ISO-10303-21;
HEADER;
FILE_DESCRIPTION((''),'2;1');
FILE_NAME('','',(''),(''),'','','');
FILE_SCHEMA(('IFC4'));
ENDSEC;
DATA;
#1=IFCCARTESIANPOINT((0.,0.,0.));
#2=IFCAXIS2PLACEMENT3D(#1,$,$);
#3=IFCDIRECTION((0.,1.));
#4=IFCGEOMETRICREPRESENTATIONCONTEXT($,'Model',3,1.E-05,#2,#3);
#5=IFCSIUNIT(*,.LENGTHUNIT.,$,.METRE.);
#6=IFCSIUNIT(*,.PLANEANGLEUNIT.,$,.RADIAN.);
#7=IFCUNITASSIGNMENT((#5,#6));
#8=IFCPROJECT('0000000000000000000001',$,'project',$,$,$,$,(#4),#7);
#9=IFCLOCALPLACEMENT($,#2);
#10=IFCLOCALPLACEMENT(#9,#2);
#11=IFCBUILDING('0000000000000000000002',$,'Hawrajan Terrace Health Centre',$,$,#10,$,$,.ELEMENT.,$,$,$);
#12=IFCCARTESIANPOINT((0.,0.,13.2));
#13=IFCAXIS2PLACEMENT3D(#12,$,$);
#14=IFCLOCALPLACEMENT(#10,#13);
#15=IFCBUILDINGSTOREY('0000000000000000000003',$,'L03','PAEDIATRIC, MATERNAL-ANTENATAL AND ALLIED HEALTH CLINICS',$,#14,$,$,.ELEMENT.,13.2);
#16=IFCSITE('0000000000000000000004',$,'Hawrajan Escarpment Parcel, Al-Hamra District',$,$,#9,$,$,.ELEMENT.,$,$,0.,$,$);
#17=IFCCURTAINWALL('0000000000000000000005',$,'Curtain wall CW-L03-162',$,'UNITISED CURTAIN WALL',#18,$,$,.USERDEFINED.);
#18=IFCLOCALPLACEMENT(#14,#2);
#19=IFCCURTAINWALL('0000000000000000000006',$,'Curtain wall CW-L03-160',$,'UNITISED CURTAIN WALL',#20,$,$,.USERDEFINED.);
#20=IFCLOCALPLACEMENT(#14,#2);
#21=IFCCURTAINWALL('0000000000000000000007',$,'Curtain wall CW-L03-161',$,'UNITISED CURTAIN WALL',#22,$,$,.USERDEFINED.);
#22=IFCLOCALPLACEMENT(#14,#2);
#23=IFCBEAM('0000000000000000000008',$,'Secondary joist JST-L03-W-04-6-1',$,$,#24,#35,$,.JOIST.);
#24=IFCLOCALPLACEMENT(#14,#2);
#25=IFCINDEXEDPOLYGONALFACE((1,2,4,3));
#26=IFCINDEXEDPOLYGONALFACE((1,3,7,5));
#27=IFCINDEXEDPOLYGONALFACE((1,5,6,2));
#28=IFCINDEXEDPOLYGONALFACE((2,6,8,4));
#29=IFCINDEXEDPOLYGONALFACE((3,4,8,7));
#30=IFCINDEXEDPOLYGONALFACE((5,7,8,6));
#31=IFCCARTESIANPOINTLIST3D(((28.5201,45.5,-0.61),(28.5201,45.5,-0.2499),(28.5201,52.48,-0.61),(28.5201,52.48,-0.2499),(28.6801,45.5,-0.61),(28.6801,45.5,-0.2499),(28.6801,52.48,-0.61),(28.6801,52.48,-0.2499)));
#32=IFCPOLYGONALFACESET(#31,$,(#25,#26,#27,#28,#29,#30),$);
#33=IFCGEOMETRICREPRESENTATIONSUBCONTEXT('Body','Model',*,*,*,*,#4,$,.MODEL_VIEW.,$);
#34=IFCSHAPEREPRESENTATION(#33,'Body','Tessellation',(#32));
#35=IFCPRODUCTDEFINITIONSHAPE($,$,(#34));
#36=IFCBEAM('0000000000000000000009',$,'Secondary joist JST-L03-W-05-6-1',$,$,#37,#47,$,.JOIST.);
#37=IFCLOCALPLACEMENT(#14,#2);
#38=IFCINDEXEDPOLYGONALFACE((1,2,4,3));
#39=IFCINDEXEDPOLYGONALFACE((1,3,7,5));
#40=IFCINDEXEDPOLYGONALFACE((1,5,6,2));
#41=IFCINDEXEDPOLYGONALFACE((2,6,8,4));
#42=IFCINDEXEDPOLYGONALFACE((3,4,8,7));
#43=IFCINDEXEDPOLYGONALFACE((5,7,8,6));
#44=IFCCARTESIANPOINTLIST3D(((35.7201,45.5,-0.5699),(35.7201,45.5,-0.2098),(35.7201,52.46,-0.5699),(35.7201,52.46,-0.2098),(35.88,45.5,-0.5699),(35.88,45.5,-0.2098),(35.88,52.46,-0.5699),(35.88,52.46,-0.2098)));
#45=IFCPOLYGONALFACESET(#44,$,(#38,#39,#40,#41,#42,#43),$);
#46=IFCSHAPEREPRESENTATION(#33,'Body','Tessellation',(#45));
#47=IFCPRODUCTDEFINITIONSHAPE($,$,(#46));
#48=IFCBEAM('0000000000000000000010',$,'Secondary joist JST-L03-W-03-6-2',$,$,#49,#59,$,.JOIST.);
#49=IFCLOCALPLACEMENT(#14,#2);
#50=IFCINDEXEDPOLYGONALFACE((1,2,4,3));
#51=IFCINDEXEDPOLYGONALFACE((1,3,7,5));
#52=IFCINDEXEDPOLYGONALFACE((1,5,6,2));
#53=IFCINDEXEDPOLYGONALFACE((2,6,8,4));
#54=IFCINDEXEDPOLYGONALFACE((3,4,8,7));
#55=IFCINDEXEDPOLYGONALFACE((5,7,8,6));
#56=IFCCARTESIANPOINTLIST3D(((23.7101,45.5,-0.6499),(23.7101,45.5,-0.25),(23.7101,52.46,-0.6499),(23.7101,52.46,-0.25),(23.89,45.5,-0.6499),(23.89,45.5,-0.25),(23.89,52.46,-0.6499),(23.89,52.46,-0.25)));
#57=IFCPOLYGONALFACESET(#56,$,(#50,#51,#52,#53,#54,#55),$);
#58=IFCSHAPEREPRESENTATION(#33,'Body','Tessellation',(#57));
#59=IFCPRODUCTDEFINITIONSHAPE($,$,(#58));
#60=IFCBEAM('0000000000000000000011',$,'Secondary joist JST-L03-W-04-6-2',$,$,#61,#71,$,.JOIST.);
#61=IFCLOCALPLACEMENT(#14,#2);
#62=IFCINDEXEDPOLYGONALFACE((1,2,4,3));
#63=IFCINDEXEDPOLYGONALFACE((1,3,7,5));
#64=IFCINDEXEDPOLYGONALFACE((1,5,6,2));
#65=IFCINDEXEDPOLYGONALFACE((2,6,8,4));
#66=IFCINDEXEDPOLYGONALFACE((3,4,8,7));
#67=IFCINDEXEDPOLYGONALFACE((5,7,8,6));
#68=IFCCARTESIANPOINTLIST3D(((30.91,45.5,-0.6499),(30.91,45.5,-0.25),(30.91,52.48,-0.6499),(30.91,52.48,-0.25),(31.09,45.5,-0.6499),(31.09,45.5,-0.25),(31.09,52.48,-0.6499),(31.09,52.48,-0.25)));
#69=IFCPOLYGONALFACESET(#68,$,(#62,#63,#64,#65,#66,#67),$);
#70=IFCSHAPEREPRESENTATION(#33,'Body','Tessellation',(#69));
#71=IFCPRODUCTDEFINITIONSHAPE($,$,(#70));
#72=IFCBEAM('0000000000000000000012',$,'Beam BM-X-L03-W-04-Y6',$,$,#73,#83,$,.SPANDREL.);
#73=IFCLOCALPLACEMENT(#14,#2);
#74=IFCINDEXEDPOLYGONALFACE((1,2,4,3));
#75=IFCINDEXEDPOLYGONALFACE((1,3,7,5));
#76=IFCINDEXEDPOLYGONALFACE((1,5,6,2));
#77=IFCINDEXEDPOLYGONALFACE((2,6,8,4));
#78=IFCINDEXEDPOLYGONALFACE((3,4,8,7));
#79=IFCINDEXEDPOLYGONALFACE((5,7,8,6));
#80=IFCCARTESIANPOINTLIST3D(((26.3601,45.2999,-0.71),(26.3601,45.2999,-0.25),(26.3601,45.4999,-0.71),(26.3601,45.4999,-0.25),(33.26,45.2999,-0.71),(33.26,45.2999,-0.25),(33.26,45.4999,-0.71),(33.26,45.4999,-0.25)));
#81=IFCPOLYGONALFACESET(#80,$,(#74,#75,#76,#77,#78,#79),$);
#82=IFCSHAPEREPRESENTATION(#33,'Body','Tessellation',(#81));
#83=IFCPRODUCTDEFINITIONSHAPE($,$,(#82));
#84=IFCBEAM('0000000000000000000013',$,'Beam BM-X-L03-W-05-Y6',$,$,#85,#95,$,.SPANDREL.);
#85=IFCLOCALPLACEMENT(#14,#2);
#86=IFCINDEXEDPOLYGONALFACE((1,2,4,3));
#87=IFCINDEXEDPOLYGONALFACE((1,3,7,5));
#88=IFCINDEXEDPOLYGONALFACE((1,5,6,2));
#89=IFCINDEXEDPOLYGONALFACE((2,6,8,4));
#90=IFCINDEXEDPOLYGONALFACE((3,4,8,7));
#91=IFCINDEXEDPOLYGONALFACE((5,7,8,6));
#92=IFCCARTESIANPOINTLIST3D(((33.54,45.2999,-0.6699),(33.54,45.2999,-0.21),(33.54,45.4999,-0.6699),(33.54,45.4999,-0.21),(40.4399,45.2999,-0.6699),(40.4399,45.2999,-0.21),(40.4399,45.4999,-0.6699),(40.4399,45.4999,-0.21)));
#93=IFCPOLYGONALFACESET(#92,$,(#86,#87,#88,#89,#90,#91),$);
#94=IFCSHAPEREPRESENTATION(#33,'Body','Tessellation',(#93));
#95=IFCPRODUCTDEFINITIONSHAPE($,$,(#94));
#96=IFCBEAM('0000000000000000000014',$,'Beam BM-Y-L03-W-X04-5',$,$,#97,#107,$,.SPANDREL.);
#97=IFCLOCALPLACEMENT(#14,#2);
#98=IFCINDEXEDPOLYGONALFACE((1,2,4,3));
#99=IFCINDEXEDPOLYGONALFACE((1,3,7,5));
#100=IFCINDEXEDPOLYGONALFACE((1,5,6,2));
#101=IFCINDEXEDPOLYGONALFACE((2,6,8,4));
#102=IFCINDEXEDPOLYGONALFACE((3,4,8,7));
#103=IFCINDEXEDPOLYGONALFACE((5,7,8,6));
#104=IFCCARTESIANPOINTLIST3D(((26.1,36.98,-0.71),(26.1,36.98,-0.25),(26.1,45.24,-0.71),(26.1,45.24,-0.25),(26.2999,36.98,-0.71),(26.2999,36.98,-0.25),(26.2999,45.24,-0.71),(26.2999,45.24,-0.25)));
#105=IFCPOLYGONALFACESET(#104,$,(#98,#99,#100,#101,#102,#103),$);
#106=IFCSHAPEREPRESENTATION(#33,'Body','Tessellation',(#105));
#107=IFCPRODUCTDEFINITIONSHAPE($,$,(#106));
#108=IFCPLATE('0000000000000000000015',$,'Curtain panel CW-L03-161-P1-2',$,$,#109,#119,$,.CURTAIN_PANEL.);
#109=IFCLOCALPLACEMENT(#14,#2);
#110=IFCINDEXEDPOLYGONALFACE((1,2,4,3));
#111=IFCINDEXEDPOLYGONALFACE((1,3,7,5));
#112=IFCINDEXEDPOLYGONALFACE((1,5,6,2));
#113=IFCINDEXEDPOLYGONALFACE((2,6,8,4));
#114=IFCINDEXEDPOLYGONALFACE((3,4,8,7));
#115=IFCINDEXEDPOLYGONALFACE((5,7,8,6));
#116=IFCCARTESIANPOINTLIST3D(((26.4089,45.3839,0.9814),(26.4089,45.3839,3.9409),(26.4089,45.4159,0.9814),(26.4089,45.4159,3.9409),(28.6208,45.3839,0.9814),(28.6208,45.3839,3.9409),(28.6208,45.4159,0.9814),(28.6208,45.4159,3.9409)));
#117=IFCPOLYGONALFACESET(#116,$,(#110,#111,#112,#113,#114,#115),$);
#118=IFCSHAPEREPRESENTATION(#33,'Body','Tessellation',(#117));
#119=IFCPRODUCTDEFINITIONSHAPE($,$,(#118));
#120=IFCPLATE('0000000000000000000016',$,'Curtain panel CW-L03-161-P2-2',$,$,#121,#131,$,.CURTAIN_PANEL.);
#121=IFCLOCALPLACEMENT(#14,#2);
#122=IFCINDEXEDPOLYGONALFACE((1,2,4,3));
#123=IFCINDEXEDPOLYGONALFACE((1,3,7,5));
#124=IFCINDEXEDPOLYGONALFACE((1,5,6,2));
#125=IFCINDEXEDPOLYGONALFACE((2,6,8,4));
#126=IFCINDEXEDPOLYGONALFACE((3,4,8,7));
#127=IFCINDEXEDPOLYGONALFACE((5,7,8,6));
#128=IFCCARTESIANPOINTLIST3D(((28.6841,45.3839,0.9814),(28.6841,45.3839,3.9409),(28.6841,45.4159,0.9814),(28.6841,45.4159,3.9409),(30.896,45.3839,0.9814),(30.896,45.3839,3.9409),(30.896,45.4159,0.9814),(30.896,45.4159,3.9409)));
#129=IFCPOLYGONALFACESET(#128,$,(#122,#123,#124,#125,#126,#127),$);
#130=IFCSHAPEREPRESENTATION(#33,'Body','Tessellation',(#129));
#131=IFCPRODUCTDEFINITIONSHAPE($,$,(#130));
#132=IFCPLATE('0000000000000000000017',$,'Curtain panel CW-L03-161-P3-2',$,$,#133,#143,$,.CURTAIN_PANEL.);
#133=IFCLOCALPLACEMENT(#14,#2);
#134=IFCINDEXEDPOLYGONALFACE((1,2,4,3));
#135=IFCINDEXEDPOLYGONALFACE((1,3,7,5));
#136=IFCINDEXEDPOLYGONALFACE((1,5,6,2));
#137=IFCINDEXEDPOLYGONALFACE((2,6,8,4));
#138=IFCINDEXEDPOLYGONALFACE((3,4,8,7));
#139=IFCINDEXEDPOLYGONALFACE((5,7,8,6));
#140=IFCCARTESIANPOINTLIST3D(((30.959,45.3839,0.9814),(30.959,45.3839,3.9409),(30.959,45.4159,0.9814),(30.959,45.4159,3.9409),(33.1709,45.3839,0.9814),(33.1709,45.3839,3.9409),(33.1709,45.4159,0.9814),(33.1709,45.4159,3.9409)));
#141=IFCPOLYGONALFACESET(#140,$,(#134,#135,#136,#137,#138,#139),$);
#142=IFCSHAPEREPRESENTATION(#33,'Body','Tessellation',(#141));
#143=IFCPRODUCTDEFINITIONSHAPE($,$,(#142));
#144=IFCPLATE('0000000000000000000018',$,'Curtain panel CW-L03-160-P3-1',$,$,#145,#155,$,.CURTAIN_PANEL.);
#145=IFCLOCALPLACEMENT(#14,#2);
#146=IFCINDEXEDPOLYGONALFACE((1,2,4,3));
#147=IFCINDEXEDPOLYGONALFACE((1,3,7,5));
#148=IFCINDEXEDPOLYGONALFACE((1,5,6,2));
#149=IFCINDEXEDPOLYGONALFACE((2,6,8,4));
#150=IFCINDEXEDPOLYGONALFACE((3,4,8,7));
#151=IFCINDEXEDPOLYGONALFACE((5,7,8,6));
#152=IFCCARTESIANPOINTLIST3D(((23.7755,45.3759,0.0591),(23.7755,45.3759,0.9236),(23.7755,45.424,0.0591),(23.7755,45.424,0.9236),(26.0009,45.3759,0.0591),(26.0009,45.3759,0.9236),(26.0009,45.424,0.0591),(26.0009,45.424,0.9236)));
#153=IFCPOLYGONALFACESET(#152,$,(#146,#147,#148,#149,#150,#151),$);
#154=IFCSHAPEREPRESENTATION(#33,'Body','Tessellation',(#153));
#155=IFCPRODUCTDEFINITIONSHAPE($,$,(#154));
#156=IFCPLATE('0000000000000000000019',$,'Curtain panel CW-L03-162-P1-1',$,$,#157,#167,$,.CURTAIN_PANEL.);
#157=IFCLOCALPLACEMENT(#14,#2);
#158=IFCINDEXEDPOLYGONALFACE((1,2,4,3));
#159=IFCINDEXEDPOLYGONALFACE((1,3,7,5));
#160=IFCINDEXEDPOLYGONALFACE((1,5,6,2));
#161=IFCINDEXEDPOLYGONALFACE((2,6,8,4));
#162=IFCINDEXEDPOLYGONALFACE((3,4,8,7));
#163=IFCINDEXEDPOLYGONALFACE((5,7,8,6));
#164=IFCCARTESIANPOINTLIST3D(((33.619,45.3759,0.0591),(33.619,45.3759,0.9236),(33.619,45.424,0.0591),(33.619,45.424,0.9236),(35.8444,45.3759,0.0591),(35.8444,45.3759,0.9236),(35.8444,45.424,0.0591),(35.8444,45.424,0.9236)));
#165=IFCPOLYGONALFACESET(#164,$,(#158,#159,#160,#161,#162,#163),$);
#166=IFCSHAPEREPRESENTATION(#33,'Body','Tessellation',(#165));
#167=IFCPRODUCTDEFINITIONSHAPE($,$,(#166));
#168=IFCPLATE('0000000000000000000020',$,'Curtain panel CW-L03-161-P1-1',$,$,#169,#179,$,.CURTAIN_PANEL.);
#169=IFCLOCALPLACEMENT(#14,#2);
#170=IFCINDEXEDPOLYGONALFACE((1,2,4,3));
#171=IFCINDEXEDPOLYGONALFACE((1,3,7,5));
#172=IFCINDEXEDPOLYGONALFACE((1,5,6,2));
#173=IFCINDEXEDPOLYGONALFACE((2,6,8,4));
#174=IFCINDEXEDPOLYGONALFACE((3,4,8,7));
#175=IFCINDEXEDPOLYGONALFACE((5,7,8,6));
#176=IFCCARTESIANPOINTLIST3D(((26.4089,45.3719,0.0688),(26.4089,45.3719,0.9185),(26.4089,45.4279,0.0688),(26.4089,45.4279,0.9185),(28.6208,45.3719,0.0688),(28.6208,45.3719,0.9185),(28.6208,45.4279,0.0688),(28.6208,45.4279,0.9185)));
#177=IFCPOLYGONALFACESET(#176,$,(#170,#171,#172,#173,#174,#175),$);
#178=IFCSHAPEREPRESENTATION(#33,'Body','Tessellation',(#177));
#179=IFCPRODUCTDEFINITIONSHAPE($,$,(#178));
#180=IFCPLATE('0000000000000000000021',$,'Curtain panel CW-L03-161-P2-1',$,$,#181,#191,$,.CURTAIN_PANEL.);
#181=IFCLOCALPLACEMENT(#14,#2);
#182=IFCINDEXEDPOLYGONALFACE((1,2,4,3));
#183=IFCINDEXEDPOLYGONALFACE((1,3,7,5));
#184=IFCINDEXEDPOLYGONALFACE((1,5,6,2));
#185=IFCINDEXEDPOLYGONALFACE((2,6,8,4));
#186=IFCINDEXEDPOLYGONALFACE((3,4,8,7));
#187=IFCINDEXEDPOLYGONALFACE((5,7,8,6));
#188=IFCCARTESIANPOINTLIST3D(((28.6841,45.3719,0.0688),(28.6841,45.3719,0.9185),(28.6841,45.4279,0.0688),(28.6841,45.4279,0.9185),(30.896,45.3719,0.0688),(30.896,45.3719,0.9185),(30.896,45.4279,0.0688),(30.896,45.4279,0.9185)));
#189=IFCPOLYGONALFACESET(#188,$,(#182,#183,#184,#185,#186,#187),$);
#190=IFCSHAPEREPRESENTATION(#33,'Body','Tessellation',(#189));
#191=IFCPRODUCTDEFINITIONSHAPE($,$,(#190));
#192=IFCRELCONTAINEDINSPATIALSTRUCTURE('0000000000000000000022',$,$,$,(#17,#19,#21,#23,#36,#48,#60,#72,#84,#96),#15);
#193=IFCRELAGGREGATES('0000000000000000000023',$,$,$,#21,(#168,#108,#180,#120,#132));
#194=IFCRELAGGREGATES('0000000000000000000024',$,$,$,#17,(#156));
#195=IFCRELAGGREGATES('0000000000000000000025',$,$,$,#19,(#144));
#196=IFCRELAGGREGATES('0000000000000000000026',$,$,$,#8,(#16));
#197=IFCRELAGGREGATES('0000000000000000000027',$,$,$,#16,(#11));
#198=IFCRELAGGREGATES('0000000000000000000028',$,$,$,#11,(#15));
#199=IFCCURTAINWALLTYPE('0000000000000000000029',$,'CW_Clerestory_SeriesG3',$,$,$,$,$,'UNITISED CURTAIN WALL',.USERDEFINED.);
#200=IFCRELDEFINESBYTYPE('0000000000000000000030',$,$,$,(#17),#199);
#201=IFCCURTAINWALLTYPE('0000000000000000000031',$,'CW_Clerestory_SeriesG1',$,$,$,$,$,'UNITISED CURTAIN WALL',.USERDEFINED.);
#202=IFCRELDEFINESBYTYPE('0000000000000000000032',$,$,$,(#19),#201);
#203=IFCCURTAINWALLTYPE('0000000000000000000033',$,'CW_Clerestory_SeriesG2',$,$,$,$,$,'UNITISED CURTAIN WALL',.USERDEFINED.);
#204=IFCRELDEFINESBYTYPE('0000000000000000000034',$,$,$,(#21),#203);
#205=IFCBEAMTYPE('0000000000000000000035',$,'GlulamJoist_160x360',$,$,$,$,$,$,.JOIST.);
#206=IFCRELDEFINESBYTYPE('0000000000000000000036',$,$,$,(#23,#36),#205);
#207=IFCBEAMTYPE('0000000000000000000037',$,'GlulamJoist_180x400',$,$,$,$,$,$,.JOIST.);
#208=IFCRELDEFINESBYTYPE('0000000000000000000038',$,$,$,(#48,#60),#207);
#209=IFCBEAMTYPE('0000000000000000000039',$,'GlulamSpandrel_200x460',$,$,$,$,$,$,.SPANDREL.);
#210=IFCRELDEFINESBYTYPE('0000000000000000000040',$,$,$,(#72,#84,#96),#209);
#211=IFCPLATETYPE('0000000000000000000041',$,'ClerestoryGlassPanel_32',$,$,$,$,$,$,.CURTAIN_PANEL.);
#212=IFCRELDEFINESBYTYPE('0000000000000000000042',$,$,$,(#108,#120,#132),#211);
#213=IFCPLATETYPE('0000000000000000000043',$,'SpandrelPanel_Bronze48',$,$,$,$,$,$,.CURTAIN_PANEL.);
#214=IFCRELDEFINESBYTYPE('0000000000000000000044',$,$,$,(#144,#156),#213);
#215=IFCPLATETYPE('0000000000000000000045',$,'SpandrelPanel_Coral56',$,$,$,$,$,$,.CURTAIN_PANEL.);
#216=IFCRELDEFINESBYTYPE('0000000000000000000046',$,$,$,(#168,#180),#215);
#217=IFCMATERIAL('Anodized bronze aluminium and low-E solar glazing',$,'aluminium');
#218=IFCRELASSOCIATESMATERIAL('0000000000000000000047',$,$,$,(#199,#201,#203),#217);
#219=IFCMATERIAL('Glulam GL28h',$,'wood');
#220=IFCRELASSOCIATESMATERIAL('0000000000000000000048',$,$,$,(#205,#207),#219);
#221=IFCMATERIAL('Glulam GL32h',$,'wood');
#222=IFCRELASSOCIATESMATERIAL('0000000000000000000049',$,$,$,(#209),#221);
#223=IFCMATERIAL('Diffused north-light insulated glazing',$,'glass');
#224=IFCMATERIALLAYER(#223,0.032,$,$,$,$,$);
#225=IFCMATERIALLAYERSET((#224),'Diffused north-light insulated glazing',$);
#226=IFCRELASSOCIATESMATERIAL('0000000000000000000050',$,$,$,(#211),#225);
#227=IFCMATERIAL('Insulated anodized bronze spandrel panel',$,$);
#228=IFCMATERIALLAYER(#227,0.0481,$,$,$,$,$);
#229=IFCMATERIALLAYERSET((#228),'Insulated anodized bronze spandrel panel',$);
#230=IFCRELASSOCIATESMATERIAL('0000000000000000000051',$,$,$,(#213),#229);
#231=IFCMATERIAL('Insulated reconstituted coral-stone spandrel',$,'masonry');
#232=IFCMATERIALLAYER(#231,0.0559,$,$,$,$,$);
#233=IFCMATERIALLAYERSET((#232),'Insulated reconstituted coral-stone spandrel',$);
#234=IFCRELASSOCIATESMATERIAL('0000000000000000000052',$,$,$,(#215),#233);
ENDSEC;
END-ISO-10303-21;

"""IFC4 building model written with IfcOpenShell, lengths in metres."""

from ifc_helpers import new_model, si_unit, direction, frame, origin, origin_2d, place, context, subcontext, project, spatial, rectangle, extrude, material, layer, layer_set, material_profile, profile_set, type_object, element, aggregate, save


model = new_model("IFC4")

# Units and contexts
model_context = context("Model", 3, precision=1e-05, world=origin(), true_north=direction((0.0, 1.0)))
body_context = subcontext(model_context, "Body", "Model", "MODEL_VIEW")
ifc_project = project(units=[si_unit("LENGTHUNIT", "METRE"), si_unit("PLANEANGLEUNIT", "RADIAN")], contexts=[model_context])

# Site, building, storey
site_placement = place(None, origin())
site = spatial("IfcSite", under=ifc_project, at=site_placement, Name="Hawrajan Escarpment Parcel, Al-Hamra District", CompositionType="ELEMENT", RefElevation=0.0)
building_placement = place(site_placement, origin())
building = spatial("IfcBuilding", under=site, at=building_placement, Name="Hawrajan Terrace Health Centre", CompositionType="ELEMENT")
storey_placement = place(building_placement, frame((0.0, 0.0, 13.2)))
storey = spatial("IfcBuildingStorey", under=building, at=storey_placement, Name="L03", Description="PAEDIATRIC, MATERNAL-ANTENATAL AND ALLIED HEALTH CLINICS", CompositionType="ELEMENT", Elevation=13.2)

# Shared definitions
ifc_material_1 = material(Name="Glulam GL32h", Category="wood")

# Curtain wall
ifc_material_2 = material(Name="Anodized bronze aluminium and low-E solar glazing", Category="aluminium")
curtain_wall_type_1 = type_object("IfcCurtainWallType", Name="CW_Clerestory_SeriesG3", ElementType="UNITISED CURTAIN WALL", PredefinedType="USERDEFINED", material=ifc_material_2)
curtain_wall_1_placement = place(storey_placement, origin())
curtain_wall_1 = element("IfcCurtainWall", 1, at=curtain_wall_1_placement, inside=storey, type_object=curtain_wall_type_1, Name="Curtain wall CW-L03-162", ObjectType="UNITISED CURTAIN WALL", PredefinedType="USERDEFINED")

# Curtain wall
curtain_wall_type_2 = type_object("IfcCurtainWallType", Name="CW_Clerestory_SeriesG1", ElementType="UNITISED CURTAIN WALL", PredefinedType="USERDEFINED", material=ifc_material_2)
curtain_wall_2_placement = place(storey_placement, origin())
curtain_wall_2 = element("IfcCurtainWall", 2, at=curtain_wall_2_placement, inside=storey, type_object=curtain_wall_type_2, Name="Curtain wall CW-L03-160", ObjectType="UNITISED CURTAIN WALL", PredefinedType="USERDEFINED")

# Curtain wall
curtain_wall_type_3 = type_object("IfcCurtainWallType", Name="CW_Clerestory_SeriesG2", ElementType="UNITISED CURTAIN WALL", PredefinedType="USERDEFINED", material=ifc_material_2)
curtain_wall_3_placement = place(storey_placement, origin())
curtain_wall_3 = element("IfcCurtainWall", 3, at=curtain_wall_3_placement, inside=storey, type_object=curtain_wall_type_3, Name="Curtain wall CW-L03-161", ObjectType="UNITISED CURTAIN WALL", PredefinedType="USERDEFINED")

# Beams
ifc_material_3 = material(Name="Glulam GL28h", Category="wood")
ifc_material_profile_1 = material_profile(ifc_material_3, rectangle(XDim=0.1599, YDim=0.3601, at=origin_2d()), Name="GL JST 160x360")
ifc_profile_set_1 = profile_set([ifc_material_profile_1], Name="Glulam GL28h")
beam_type_1 = type_object("IfcBeamType", Name="GlulamJoist_160x360", PredefinedType="JOIST", material=ifc_profile_set_1)
beam_1_placement = place(storey_placement, frame((28.6001, 45.5, -0.4299), z_axis=(0.0, 1.0, 0.0), x_axis=(-1.0, 0.0, 0.0)))
element("IfcBeam", 4, at=beam_1_placement, inside=storey, type_object=beam_type_1, Name="Secondary joist JST-L03-W-04-6-1", PredefinedType="JOIST", context=body_context, shape_type="SweptSolid", body=[
    extrude(rectangle(XDim=0.1599, YDim=0.3601, at=origin_2d()), origin(), (0.0, 0.0, 1.0), 6.98),
])
beam_2_placement = place(storey_placement, frame((35.8, 45.5, -0.3899), z_axis=(0.0, 1.0, 0.0), x_axis=(-1.0, 0.0, 0.0)))
element("IfcBeam", 5, at=beam_2_placement, inside=storey, type_object=beam_type_1, Name="Secondary joist JST-L03-W-05-6-1", PredefinedType="JOIST", context=body_context, shape_type="SweptSolid", body=[
    extrude(rectangle(XDim=0.1599, YDim=0.3601, at=origin_2d()), origin(), (0.0, 0.0, 1.0), 6.96),
])
ifc_material_profile_2 = material_profile(ifc_material_3, rectangle(XDim=0.1799, YDim=0.3999, at=origin_2d()), Name="GL JST 180x400")
ifc_profile_set_2 = profile_set([ifc_material_profile_2], Name="Glulam GL28h")
beam_type_2 = type_object("IfcBeamType", Name="GlulamJoist_180x400", PredefinedType="JOIST", material=ifc_profile_set_2)
beam_3_placement = place(storey_placement, frame((23.8, 45.5, -0.45), z_axis=(0.0, 1.0, 0.0), x_axis=(-1.0, 0.0, 0.0)))
element("IfcBeam", 6, at=beam_3_placement, inside=storey, type_object=beam_type_2, Name="Secondary joist JST-L03-W-03-6-2", PredefinedType="JOIST", context=body_context, shape_type="SweptSolid", body=[
    extrude(rectangle(XDim=0.1799, YDim=0.3999, at=origin_2d()), origin(), (0.0, 0.0, 1.0), 6.96),
])
beam_4_placement = place(storey_placement, frame((31.0, 45.5, -0.45), z_axis=(0.0, 1.0, 0.0), x_axis=(-1.0, 0.0, 0.0)))
element("IfcBeam", 7, at=beam_4_placement, inside=storey, type_object=beam_type_2, Name="Secondary joist JST-L03-W-04-6-2", PredefinedType="JOIST", context=body_context, shape_type="SweptSolid", body=[
    extrude(rectangle(XDim=0.1799, YDim=0.3999, at=origin_2d()), origin(), (0.0, 0.0, 1.0), 6.98),
])
ifc_material_profile_3 = material_profile(ifc_material_1, rectangle(XDim=0.2, YDim=0.46, at=origin_2d()), Name="GL SP 200x460")
ifc_profile_set_3 = profile_set([ifc_material_profile_3], Name="Glulam GL32h")
beam_type_3 = type_object("IfcBeamType", Name="GlulamSpandrel_200x460", PredefinedType="SPANDREL", material=ifc_profile_set_3)
for number, where, z_axis, x_axis, name in (
    (8, (26.3601, 45.3999, -0.48), (1.0, 0.0, 0.0), (0.0, 1.0, 0.0), "Beam BM-X-L03-W-04-Y6"),
    (9, (33.54, 45.3999, -0.4399), (1.0, 0.0, 0.0), (0.0, 1.0, 0.0), "Beam BM-X-L03-W-05-Y6"),
):
    element("IfcBeam", number, at=place(storey_placement, frame(where, z_axis=z_axis, x_axis=x_axis)), inside=storey, type_object=beam_type_3, Name=name, PredefinedType="SPANDREL", context=body_context, shape_type="SweptSolid", body=[
        extrude(rectangle(XDim=0.2, YDim=0.46, at=origin_2d()), origin(), (0.0, 0.0, 1.0), 6.8999),
    ])
beam_5_placement = place(storey_placement, frame((26.2, 36.98, -0.48), z_axis=(0.0, 1.0, 0.0), x_axis=(-1.0, 0.0, 0.0)))
element("IfcBeam", 10, at=beam_5_placement, inside=storey, type_object=beam_type_3, Name="Beam BM-Y-L03-W-X04-5", PredefinedType="SPANDREL", context=body_context, shape_type="SweptSolid", body=[
    extrude(rectangle(XDim=0.2, YDim=0.46, at=origin_2d()), origin(), (0.0, 0.0, 1.0), 8.26),
])

# Plates
ifc_material_4 = material(Name="Diffused north-light insulated glazing", Category="glass")
ifc_layer_1 = layer(ifc_material_4, 0.032)
ifc_layer_set_1 = layer_set([ifc_layer_1], Name="Diffused north-light insulated glazing")
plate_type_1 = type_object("IfcPlateType", Name="ClerestoryGlassPanel_32", PredefinedType="CURTAIN_PANEL", material=ifc_layer_set_1)
plate_1_placement = place(storey_placement, frame((27.5149, 45.3999, 0.9814), z_axis=(0.0, 0.0, 1.0), x_axis=(1.0, 0.0, 0.0)))
plate_1 = element("IfcPlate", 11, at=plate_1_placement, type_object=plate_type_1, Name="Curtain panel CW-L03-161-P1-2", PredefinedType="CURTAIN_PANEL", context=body_context, shape_type="SweptSolid", body=[
    extrude(rectangle(XDim=2.2119, YDim=0.032, at=origin_2d()), origin(), (0.0, 0.0, 1.0), 2.9595),
])
plate_2_placement = place(storey_placement, frame((29.79, 45.3999, 0.9814), z_axis=(0.0, 0.0, 1.0), x_axis=(1.0, 0.0, 0.0)))
plate_2 = element("IfcPlate", 12, at=plate_2_placement, type_object=plate_type_1, Name="Curtain panel CW-L03-161-P2-2", PredefinedType="CURTAIN_PANEL", context=body_context, shape_type="SweptSolid", body=[
    extrude(rectangle(XDim=2.2119, YDim=0.032, at=origin_2d()), origin(), (0.0, 0.0, 1.0), 2.9595),
])
plate_3_placement = place(storey_placement, frame((32.0649, 45.3999, 0.9814), z_axis=(0.0, 0.0, 1.0), x_axis=(1.0, 0.0, 0.0)))
plate_3 = element("IfcPlate", 13, at=plate_3_placement, type_object=plate_type_1, Name="Curtain panel CW-L03-161-P3-2", PredefinedType="CURTAIN_PANEL", context=body_context, shape_type="SweptSolid", body=[
    extrude(rectangle(XDim=2.2119, YDim=0.032, at=origin_2d()), origin(), (0.0, 0.0, 1.0), 2.9595),
])
ifc_material_5 = material(Name="Insulated anodized bronze spandrel panel")
ifc_layer_2 = layer(ifc_material_5, 0.0481)
ifc_layer_set_2 = layer_set([ifc_layer_2], Name="Insulated anodized bronze spandrel panel")
plate_type_2 = type_object("IfcPlateType", Name="SpandrelPanel_Bronze48", PredefinedType="CURTAIN_PANEL", material=ifc_layer_set_2)
plate_4_placement = place(storey_placement, frame((24.8882, 45.3999, 0.0591), z_axis=(0.0, 0.0, 1.0), x_axis=(1.0, 0.0, 0.0)))
plate_4 = element("IfcPlate", 14, at=plate_4_placement, type_object=plate_type_2, Name="Curtain panel CW-L03-160-P3-1", PredefinedType="CURTAIN_PANEL", context=body_context, shape_type="SweptSolid", body=[
    extrude(rectangle(XDim=2.2253, YDim=0.0481, at=origin_2d()), origin(), (0.0, 0.0, 1.0), 0.8645),
])
plate_5_placement = place(storey_placement, frame((34.7317, 45.3999, 0.0591), z_axis=(0.0, 0.0, 1.0), x_axis=(1.0, 0.0, 0.0)))
plate_5 = element("IfcPlate", 15, at=plate_5_placement, type_object=plate_type_2, Name="Curtain panel CW-L03-162-P1-1", PredefinedType="CURTAIN_PANEL", context=body_context, shape_type="SweptSolid", body=[
    extrude(rectangle(XDim=2.2253, YDim=0.0481, at=origin_2d()), origin(), (0.0, 0.0, 1.0), 0.8645),
])
ifc_material_6 = material(Name="Insulated reconstituted coral-stone spandrel", Category="masonry")
ifc_layer_3 = layer(ifc_material_6, 0.0559)
ifc_layer_set_3 = layer_set([ifc_layer_3], Name="Insulated reconstituted coral-stone spandrel")
plate_type_3 = type_object("IfcPlateType", Name="SpandrelPanel_Coral56", PredefinedType="CURTAIN_PANEL", material=ifc_layer_set_3)
plate_6_placement = place(storey_placement, frame((27.5149, 45.3999, 0.0688), z_axis=(0.0, 0.0, 1.0), x_axis=(1.0, 0.0, 0.0)))
plate_6 = element("IfcPlate", 16, at=plate_6_placement, type_object=plate_type_3, Name="Curtain panel CW-L03-161-P1-1", PredefinedType="CURTAIN_PANEL", context=body_context, shape_type="SweptSolid", body=[
    extrude(rectangle(XDim=2.2119, YDim=0.0559, at=origin_2d()), origin(), (0.0, 0.0, 1.0), 0.8496),
])
plate_7_placement = place(storey_placement, frame((29.79, 45.3999, 0.0688), z_axis=(0.0, 0.0, 1.0), x_axis=(1.0, 0.0, 0.0)))
plate_7 = element("IfcPlate", 17, at=plate_7_placement, type_object=plate_type_3, Name="Curtain panel CW-L03-161-P2-1", PredefinedType="CURTAIN_PANEL", context=body_context, shape_type="SweptSolid", body=[
    extrude(rectangle(XDim=2.2119, YDim=0.0559, at=origin_2d()), origin(), (0.0, 0.0, 1.0), 0.8496),
])
aggregate(curtain_wall_3, [plate_6, plate_1, plate_7, plate_2, plate_3])
aggregate(curtain_wall_1, [plate_5])
aggregate(curtain_wall_2, [plate_4])

save(model, "model.ifc")
